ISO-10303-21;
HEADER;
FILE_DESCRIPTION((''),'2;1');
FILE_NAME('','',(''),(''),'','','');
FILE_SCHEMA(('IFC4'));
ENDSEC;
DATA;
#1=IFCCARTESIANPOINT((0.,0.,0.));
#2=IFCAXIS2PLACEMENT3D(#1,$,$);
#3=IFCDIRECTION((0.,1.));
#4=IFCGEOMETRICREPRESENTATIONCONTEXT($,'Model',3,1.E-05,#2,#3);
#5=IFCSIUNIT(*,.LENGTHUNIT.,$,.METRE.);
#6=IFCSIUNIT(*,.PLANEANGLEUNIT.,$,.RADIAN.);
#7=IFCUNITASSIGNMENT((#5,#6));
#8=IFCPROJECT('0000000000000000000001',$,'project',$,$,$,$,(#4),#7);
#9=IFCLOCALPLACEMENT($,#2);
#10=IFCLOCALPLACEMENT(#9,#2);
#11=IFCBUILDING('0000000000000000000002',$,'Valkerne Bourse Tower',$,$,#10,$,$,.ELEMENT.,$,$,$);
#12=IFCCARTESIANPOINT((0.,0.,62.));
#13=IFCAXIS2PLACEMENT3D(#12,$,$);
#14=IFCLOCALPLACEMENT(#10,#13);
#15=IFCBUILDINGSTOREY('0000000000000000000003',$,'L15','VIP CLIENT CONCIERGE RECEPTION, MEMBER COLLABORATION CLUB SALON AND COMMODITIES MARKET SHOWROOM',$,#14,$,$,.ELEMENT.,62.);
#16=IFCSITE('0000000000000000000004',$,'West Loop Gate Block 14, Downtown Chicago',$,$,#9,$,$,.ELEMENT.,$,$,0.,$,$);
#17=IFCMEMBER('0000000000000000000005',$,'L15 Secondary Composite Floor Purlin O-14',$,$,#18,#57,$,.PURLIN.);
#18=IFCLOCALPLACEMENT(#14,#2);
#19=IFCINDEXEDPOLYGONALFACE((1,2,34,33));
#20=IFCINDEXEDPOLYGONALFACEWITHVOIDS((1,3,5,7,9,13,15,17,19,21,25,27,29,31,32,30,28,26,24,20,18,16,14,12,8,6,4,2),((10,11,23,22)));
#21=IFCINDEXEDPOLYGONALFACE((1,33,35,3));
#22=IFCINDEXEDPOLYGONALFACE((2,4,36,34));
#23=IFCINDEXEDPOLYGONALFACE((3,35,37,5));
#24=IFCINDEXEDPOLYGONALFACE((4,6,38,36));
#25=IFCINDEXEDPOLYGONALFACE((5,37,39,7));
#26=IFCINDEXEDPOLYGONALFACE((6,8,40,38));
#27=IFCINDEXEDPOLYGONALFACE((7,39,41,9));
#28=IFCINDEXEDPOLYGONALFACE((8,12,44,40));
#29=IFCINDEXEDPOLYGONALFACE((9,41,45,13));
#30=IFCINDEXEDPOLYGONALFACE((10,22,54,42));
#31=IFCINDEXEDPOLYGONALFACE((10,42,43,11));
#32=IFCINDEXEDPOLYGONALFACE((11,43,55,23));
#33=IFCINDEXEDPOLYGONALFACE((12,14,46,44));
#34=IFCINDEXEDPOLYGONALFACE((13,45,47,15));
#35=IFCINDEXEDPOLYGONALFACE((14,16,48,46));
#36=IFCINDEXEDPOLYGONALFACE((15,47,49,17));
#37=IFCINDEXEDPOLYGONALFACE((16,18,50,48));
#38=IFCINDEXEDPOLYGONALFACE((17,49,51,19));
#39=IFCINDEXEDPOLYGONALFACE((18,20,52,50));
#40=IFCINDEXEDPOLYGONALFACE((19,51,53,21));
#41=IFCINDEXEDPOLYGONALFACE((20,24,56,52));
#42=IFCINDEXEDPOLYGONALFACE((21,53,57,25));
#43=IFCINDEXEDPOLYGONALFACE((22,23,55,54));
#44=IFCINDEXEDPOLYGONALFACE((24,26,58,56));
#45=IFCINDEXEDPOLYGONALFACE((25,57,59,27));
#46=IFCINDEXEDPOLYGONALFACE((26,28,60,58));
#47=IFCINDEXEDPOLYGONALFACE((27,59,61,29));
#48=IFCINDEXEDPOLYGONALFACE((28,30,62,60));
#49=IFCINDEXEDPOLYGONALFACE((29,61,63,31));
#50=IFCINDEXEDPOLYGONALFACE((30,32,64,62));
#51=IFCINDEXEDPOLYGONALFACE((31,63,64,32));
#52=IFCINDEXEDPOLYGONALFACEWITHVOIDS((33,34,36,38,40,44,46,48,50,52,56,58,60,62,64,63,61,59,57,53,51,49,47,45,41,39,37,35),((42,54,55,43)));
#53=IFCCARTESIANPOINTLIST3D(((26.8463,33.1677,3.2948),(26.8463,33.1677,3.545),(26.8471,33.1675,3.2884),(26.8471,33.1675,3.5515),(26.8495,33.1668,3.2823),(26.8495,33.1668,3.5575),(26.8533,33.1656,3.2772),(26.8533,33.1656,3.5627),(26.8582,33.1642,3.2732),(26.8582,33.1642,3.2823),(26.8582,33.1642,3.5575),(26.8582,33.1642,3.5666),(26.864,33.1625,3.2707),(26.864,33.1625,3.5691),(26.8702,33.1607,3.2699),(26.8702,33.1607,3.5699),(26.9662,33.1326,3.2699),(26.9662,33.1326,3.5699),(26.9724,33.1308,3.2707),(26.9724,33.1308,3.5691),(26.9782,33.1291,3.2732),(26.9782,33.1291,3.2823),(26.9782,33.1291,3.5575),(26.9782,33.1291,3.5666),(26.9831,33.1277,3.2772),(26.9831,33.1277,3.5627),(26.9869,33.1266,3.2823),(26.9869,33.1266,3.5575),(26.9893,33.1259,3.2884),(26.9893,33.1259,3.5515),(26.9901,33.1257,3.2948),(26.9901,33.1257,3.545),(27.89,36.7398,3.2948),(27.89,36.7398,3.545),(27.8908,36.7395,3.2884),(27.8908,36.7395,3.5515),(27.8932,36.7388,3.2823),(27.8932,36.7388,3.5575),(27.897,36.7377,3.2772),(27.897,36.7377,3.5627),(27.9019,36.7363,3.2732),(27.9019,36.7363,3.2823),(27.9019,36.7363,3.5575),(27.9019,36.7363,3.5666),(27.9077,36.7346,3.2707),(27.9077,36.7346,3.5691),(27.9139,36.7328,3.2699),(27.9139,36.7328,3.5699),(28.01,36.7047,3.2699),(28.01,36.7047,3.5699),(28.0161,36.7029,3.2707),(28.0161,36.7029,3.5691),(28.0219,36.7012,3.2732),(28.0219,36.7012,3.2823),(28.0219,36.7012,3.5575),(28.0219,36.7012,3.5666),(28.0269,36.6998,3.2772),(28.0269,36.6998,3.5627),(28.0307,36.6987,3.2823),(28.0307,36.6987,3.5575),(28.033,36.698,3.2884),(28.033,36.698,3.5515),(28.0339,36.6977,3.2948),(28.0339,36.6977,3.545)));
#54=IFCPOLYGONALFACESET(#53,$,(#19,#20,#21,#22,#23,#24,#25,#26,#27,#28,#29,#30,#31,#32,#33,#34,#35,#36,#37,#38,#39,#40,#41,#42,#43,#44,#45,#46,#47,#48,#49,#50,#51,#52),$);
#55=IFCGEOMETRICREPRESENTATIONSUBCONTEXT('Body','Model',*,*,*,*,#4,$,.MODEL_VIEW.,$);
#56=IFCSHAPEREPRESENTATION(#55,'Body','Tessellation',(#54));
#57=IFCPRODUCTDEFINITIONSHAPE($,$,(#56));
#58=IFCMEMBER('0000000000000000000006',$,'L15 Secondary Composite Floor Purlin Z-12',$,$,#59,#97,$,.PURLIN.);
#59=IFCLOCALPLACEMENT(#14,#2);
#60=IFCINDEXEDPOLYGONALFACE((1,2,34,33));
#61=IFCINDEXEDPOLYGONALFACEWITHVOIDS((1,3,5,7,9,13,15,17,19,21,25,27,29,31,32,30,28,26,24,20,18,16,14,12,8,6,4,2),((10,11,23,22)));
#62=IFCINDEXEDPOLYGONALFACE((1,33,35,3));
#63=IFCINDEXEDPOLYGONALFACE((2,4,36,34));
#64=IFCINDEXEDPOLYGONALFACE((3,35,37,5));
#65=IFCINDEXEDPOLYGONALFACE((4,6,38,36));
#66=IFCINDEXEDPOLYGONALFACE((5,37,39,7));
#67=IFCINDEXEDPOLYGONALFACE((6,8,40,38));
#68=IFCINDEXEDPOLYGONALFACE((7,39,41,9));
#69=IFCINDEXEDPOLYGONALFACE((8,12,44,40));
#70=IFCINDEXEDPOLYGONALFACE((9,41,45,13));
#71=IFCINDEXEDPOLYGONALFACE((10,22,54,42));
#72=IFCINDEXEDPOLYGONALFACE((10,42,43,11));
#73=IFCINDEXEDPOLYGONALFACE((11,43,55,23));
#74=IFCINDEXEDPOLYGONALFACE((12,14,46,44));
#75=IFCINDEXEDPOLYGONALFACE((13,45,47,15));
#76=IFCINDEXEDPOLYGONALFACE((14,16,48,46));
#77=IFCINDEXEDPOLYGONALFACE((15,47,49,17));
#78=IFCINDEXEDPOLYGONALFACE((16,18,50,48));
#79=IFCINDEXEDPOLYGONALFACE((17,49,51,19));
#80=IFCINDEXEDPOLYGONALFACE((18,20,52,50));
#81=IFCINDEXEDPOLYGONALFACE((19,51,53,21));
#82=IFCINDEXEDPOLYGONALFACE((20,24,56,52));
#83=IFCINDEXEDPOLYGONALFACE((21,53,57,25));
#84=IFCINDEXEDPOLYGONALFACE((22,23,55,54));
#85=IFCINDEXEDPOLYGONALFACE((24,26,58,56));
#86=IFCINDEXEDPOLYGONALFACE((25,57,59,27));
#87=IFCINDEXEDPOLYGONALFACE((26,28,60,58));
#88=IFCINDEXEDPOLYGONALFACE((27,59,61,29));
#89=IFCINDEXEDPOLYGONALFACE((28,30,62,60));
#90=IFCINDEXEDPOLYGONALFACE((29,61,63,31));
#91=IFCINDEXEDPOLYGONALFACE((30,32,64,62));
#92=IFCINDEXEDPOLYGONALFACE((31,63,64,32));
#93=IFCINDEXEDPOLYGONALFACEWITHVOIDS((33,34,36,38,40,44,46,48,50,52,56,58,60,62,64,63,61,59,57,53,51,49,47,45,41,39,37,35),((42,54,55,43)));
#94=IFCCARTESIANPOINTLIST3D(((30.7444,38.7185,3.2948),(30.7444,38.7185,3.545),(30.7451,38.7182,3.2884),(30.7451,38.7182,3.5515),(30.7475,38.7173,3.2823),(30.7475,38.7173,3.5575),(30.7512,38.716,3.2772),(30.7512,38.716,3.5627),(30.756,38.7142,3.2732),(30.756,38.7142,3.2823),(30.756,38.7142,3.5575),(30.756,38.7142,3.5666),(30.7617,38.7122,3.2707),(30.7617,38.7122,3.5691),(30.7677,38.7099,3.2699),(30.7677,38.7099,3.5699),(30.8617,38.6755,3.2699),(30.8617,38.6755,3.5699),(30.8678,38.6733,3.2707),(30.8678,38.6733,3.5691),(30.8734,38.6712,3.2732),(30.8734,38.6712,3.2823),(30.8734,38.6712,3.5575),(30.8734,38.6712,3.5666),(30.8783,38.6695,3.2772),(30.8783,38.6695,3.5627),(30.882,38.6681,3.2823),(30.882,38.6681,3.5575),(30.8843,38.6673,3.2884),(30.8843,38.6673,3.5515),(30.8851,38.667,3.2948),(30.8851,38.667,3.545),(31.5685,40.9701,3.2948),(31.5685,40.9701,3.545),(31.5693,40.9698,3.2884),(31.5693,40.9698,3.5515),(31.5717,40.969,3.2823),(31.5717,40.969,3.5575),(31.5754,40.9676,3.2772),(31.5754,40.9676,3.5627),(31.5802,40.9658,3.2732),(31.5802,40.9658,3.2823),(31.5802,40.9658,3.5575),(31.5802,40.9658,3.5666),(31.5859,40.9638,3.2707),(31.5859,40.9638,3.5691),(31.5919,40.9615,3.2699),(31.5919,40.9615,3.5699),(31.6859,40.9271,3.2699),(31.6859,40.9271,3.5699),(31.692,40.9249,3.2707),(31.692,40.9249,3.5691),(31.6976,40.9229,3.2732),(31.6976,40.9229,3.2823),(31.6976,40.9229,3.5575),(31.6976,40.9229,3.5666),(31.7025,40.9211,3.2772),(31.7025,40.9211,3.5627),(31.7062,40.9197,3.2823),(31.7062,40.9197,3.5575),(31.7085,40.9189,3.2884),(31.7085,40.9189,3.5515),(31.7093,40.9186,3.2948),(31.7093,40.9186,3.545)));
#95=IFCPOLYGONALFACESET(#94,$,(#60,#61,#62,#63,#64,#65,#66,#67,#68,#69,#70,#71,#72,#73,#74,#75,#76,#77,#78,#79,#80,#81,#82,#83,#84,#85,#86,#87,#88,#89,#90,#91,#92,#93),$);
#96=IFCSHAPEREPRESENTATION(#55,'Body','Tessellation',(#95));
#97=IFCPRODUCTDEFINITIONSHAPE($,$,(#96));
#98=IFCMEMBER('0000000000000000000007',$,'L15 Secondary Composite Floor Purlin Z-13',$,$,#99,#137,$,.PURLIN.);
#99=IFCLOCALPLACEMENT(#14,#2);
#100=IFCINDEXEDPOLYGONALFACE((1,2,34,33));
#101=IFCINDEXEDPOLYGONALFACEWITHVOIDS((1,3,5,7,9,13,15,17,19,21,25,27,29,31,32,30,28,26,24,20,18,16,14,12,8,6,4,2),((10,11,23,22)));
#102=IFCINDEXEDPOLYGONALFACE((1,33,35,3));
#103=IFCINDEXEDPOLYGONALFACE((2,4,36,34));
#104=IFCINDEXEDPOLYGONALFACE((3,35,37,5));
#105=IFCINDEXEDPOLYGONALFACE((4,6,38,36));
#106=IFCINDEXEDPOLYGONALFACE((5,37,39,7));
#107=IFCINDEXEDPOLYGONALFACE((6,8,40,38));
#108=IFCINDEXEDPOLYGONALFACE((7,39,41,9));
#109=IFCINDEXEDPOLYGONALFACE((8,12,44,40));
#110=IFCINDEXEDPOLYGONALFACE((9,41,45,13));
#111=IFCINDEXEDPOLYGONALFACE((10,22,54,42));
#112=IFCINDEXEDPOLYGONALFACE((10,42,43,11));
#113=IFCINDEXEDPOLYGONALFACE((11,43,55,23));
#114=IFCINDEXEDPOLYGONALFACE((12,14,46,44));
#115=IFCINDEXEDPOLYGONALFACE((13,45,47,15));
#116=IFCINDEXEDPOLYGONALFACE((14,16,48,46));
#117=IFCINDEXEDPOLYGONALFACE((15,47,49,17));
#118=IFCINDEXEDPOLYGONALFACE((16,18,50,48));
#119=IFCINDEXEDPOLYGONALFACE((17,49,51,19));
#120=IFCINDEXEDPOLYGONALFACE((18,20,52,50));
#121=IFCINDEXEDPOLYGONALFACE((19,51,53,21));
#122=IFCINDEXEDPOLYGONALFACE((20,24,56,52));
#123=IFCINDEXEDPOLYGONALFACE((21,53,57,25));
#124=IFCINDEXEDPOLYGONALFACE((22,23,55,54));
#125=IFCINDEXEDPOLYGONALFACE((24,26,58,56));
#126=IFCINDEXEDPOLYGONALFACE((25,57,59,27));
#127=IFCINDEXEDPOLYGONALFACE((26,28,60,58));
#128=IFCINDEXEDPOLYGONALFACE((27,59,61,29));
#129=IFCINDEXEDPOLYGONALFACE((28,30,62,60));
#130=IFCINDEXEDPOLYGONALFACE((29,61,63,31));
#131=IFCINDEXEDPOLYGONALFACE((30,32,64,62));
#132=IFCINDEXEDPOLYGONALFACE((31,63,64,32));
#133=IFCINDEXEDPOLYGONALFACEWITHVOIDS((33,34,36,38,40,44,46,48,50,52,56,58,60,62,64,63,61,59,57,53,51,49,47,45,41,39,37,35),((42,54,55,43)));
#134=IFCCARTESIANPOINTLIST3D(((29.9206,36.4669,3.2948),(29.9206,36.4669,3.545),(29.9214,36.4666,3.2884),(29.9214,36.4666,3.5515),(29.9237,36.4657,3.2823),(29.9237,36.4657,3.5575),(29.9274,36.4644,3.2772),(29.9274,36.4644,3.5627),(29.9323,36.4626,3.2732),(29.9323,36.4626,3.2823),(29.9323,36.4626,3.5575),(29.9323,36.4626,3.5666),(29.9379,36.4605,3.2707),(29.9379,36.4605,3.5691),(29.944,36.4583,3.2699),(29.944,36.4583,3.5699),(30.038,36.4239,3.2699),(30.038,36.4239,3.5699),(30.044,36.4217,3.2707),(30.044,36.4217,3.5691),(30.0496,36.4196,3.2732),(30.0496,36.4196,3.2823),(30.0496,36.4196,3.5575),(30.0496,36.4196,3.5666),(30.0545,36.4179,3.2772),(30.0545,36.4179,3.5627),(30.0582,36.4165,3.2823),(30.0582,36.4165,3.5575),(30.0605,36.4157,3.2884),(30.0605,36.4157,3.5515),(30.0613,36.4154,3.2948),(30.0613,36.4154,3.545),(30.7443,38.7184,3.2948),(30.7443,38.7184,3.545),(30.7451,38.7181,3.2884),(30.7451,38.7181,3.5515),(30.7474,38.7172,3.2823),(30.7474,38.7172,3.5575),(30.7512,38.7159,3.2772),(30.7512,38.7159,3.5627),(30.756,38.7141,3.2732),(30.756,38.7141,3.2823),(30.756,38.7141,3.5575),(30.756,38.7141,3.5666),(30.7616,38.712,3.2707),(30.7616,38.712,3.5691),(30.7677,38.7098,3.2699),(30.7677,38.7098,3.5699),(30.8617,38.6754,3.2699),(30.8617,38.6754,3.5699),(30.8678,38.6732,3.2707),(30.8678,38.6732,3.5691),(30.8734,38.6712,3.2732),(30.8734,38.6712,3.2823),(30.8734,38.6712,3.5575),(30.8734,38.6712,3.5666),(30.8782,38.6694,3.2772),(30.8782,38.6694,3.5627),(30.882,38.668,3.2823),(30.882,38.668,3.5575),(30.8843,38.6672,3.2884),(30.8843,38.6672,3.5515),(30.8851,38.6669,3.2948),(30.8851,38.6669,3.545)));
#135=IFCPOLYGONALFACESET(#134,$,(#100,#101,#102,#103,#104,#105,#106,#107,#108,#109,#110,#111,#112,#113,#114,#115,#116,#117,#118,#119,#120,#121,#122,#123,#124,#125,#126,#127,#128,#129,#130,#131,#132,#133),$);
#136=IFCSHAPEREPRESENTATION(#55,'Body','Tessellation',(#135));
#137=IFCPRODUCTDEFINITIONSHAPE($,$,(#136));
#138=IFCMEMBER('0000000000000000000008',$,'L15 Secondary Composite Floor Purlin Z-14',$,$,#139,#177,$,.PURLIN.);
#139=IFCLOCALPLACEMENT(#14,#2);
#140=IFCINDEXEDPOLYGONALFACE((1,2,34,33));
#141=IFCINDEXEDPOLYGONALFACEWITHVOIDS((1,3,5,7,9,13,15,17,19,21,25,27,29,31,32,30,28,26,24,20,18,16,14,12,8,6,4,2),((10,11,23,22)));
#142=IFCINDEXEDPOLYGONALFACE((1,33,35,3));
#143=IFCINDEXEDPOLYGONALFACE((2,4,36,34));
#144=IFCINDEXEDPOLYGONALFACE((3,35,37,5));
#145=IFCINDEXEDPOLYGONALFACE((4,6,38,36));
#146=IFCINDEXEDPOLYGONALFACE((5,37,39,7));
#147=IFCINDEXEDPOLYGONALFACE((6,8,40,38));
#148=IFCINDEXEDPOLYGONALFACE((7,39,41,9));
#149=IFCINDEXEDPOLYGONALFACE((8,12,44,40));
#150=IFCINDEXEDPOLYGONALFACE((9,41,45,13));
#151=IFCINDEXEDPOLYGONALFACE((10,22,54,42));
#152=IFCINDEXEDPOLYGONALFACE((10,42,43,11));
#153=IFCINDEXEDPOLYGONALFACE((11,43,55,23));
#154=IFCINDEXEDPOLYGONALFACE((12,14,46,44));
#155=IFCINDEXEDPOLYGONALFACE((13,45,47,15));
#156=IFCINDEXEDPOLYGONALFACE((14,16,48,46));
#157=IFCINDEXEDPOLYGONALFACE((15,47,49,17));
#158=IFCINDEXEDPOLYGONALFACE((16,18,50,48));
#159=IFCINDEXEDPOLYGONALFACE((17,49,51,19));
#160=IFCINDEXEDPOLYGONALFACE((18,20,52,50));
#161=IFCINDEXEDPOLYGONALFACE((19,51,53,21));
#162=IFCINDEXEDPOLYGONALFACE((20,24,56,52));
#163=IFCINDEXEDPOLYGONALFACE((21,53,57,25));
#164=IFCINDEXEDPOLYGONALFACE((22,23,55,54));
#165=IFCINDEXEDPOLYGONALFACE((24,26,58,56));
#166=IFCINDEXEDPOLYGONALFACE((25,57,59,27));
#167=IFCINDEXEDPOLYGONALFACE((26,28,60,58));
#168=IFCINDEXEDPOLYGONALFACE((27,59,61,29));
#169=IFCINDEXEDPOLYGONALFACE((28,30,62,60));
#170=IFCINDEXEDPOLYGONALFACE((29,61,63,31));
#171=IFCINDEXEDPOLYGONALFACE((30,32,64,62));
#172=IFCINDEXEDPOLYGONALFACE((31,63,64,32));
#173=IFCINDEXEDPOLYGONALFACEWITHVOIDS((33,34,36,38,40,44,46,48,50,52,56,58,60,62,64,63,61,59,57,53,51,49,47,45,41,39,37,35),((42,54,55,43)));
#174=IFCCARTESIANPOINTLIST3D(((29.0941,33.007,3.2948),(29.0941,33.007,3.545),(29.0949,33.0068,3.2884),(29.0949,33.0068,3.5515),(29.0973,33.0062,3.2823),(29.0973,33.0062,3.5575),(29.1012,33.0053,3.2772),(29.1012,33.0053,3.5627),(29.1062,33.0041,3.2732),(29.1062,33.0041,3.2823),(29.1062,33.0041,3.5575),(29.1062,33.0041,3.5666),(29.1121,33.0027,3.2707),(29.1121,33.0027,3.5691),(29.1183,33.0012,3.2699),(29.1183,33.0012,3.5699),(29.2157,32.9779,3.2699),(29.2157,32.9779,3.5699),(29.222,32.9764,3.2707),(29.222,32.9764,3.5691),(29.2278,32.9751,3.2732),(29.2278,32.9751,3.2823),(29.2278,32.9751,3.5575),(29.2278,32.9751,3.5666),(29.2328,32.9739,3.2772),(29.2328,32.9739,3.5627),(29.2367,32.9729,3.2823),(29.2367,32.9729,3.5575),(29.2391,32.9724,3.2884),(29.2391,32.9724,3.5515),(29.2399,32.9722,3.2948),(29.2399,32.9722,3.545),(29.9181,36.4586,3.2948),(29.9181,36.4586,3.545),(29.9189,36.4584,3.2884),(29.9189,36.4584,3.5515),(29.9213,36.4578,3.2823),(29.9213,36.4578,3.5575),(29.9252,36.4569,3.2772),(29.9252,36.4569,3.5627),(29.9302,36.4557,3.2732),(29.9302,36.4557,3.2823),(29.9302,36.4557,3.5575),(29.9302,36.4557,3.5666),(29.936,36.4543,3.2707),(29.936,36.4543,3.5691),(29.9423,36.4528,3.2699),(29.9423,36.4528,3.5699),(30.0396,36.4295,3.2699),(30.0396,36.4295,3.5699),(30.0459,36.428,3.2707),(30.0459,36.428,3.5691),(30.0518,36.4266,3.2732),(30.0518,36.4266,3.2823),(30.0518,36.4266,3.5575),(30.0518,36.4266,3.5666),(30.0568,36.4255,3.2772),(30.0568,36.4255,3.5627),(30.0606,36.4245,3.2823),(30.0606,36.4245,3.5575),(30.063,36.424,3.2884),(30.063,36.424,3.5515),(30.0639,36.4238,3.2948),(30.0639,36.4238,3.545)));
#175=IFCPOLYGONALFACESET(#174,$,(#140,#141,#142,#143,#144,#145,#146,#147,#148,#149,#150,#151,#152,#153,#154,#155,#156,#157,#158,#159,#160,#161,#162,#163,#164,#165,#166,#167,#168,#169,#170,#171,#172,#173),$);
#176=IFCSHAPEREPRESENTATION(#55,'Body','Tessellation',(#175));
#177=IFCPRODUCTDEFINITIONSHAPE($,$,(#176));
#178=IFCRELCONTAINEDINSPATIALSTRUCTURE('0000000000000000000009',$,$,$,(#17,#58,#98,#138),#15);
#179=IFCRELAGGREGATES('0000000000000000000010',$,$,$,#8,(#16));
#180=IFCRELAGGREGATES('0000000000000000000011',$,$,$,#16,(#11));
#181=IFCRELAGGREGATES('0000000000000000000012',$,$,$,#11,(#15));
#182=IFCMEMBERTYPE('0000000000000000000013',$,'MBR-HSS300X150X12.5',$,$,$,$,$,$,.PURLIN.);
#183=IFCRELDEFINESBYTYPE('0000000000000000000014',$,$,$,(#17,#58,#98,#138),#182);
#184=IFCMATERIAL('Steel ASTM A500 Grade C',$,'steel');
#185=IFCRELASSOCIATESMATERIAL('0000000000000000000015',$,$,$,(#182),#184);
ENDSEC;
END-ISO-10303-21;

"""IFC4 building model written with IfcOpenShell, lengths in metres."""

from ifc_helpers import new_model, si_unit, direction, frame, origin, origin_2d, place, context, subcontext, project, spatial, hollow_rectangle, extrude, material, material_profile, profile_set, type_object, element, save


model = new_model("IFC4")

# Units and contexts
model_context = context("Model", 3, precision=1e-05, world=origin(), true_north=direction((0.0, 1.0)))
body_context = subcontext(model_context, "Body", "Model", "MODEL_VIEW")
ifc_project = project(units=[si_unit("LENGTHUNIT", "METRE"), si_unit("PLANEANGLEUNIT", "RADIAN")], contexts=[model_context])

# Site, building, storey
site_placement = place(None, origin())
site = spatial("IfcSite", under=ifc_project, at=site_placement, Name="West Loop Gate Block 14, Downtown Chicago", CompositionType="ELEMENT", RefElevation=0.0)
building_placement = place(site_placement, origin())
building = spatial("IfcBuilding", under=site, at=building_placement, Name="Valkerne Bourse Tower", CompositionType="ELEMENT")
storey_placement = place(building_placement, frame((0.0, 0.0, 62.0)))
storey = spatial("IfcBuildingStorey", under=building, at=storey_placement, Name="L15", Description="VIP CLIENT CONCIERGE RECEPTION, MEMBER COLLABORATION CLUB SALON AND COMMODITIES MARKET SHOWROOM", CompositionType="ELEMENT", Elevation=62.0)

# Members
ifc_material_1 = material(Name="Steel ASTM A500 Grade C", Category="steel")
ifc_material_profile_1 = material_profile(ifc_material_1, hollow_rectangle(XDim=0.1499, YDim=0.3, WallThickness=0.0125, OuterFilletRadius=0.0249, at=origin_2d()), Name="HSS300X150X12.5")
ifc_profile_set_1 = profile_set([ifc_material_profile_1], Name="Steel ASTM A500 Grade C")
member_type_1 = type_object("IfcMemberType", Name="MBR-HSS300X150X12.5", PredefinedType="PURLIN", material=ifc_profile_set_1)
member_1_placement = place(storey_placement, frame((27.9619, 36.7188, 3.4199), z_axis=(-0.280461, -0.959865, 0.0), x_axis=(0.959865, -0.280461, 0.0)))
element("IfcMember", 1, at=member_1_placement, inside=storey, type_object=member_type_1, Name="L15 Secondary Composite Floor Purlin O-14", PredefinedType="PURLIN", context=body_context, shape_type="SweptSolid", body=[
    extrude(hollow_rectangle(XDim=0.1499, YDim=0.3, WallThickness=0.0125, OuterFilletRadius=0.0249, at=origin_2d()), origin(), (0.0, 0.0, 1.0), 3.7214),
])
member_2_placement = place(storey_placement, frame((31.6389, 40.9443, 3.4199), z_axis=(-0.343737, -0.939066, 0.0), x_axis=(0.939066, -0.343737, 0.0)))
element("IfcMember", 2, at=member_2_placement, inside=storey, type_object=member_type_1, Name="L15 Secondary Composite Floor Purlin Z-12", PredefinedType="PURLIN", context=body_context, shape_type="SweptSolid", body=[
    extrude(hollow_rectangle(XDim=0.1499, YDim=0.3, WallThickness=0.0125, OuterFilletRadius=0.0249, at=origin_2d()), origin(), (0.0, 0.0, 1.0), 2.3977),
])
member_3_placement = place(storey_placement, frame((30.8147, 38.6926, 3.4199), z_axis=(-0.34359, -0.93912, 0.0), x_axis=(0.93912, -0.34359, 0.0)))
element("IfcMember", 3, at=member_3_placement, inside=storey, type_object=member_type_1, Name="L15 Secondary Composite Floor Purlin Z-13", PredefinedType="PURLIN", context=body_context, shape_type="SweptSolid", body=[
    extrude(hollow_rectangle(XDim=0.1499, YDim=0.3, WallThickness=0.0125, OuterFilletRadius=0.0249, at=origin_2d()), origin(), (0.0, 0.0, 1.0), 2.3975),
])
member_4_placement = place(storey_placement, frame((29.991, 36.4412, 3.4199), z_axis=(-0.232194, -0.972669, 0.0), x_axis=(0.972669, -0.232194, 0.0)))
element("IfcMember", 4, at=member_4_placement, inside=storey, type_object=member_type_1, Name="L15 Secondary Composite Floor Purlin Z-14", PredefinedType="PURLIN", context=body_context, shape_type="SweptSolid", body=[
    extrude(hollow_rectangle(XDim=0.1499, YDim=0.3, WallThickness=0.0125, OuterFilletRadius=0.0249, at=origin_2d()), origin(), (0.0, 0.0, 1.0), 3.5486),
])

save(model, "model.ifc")
